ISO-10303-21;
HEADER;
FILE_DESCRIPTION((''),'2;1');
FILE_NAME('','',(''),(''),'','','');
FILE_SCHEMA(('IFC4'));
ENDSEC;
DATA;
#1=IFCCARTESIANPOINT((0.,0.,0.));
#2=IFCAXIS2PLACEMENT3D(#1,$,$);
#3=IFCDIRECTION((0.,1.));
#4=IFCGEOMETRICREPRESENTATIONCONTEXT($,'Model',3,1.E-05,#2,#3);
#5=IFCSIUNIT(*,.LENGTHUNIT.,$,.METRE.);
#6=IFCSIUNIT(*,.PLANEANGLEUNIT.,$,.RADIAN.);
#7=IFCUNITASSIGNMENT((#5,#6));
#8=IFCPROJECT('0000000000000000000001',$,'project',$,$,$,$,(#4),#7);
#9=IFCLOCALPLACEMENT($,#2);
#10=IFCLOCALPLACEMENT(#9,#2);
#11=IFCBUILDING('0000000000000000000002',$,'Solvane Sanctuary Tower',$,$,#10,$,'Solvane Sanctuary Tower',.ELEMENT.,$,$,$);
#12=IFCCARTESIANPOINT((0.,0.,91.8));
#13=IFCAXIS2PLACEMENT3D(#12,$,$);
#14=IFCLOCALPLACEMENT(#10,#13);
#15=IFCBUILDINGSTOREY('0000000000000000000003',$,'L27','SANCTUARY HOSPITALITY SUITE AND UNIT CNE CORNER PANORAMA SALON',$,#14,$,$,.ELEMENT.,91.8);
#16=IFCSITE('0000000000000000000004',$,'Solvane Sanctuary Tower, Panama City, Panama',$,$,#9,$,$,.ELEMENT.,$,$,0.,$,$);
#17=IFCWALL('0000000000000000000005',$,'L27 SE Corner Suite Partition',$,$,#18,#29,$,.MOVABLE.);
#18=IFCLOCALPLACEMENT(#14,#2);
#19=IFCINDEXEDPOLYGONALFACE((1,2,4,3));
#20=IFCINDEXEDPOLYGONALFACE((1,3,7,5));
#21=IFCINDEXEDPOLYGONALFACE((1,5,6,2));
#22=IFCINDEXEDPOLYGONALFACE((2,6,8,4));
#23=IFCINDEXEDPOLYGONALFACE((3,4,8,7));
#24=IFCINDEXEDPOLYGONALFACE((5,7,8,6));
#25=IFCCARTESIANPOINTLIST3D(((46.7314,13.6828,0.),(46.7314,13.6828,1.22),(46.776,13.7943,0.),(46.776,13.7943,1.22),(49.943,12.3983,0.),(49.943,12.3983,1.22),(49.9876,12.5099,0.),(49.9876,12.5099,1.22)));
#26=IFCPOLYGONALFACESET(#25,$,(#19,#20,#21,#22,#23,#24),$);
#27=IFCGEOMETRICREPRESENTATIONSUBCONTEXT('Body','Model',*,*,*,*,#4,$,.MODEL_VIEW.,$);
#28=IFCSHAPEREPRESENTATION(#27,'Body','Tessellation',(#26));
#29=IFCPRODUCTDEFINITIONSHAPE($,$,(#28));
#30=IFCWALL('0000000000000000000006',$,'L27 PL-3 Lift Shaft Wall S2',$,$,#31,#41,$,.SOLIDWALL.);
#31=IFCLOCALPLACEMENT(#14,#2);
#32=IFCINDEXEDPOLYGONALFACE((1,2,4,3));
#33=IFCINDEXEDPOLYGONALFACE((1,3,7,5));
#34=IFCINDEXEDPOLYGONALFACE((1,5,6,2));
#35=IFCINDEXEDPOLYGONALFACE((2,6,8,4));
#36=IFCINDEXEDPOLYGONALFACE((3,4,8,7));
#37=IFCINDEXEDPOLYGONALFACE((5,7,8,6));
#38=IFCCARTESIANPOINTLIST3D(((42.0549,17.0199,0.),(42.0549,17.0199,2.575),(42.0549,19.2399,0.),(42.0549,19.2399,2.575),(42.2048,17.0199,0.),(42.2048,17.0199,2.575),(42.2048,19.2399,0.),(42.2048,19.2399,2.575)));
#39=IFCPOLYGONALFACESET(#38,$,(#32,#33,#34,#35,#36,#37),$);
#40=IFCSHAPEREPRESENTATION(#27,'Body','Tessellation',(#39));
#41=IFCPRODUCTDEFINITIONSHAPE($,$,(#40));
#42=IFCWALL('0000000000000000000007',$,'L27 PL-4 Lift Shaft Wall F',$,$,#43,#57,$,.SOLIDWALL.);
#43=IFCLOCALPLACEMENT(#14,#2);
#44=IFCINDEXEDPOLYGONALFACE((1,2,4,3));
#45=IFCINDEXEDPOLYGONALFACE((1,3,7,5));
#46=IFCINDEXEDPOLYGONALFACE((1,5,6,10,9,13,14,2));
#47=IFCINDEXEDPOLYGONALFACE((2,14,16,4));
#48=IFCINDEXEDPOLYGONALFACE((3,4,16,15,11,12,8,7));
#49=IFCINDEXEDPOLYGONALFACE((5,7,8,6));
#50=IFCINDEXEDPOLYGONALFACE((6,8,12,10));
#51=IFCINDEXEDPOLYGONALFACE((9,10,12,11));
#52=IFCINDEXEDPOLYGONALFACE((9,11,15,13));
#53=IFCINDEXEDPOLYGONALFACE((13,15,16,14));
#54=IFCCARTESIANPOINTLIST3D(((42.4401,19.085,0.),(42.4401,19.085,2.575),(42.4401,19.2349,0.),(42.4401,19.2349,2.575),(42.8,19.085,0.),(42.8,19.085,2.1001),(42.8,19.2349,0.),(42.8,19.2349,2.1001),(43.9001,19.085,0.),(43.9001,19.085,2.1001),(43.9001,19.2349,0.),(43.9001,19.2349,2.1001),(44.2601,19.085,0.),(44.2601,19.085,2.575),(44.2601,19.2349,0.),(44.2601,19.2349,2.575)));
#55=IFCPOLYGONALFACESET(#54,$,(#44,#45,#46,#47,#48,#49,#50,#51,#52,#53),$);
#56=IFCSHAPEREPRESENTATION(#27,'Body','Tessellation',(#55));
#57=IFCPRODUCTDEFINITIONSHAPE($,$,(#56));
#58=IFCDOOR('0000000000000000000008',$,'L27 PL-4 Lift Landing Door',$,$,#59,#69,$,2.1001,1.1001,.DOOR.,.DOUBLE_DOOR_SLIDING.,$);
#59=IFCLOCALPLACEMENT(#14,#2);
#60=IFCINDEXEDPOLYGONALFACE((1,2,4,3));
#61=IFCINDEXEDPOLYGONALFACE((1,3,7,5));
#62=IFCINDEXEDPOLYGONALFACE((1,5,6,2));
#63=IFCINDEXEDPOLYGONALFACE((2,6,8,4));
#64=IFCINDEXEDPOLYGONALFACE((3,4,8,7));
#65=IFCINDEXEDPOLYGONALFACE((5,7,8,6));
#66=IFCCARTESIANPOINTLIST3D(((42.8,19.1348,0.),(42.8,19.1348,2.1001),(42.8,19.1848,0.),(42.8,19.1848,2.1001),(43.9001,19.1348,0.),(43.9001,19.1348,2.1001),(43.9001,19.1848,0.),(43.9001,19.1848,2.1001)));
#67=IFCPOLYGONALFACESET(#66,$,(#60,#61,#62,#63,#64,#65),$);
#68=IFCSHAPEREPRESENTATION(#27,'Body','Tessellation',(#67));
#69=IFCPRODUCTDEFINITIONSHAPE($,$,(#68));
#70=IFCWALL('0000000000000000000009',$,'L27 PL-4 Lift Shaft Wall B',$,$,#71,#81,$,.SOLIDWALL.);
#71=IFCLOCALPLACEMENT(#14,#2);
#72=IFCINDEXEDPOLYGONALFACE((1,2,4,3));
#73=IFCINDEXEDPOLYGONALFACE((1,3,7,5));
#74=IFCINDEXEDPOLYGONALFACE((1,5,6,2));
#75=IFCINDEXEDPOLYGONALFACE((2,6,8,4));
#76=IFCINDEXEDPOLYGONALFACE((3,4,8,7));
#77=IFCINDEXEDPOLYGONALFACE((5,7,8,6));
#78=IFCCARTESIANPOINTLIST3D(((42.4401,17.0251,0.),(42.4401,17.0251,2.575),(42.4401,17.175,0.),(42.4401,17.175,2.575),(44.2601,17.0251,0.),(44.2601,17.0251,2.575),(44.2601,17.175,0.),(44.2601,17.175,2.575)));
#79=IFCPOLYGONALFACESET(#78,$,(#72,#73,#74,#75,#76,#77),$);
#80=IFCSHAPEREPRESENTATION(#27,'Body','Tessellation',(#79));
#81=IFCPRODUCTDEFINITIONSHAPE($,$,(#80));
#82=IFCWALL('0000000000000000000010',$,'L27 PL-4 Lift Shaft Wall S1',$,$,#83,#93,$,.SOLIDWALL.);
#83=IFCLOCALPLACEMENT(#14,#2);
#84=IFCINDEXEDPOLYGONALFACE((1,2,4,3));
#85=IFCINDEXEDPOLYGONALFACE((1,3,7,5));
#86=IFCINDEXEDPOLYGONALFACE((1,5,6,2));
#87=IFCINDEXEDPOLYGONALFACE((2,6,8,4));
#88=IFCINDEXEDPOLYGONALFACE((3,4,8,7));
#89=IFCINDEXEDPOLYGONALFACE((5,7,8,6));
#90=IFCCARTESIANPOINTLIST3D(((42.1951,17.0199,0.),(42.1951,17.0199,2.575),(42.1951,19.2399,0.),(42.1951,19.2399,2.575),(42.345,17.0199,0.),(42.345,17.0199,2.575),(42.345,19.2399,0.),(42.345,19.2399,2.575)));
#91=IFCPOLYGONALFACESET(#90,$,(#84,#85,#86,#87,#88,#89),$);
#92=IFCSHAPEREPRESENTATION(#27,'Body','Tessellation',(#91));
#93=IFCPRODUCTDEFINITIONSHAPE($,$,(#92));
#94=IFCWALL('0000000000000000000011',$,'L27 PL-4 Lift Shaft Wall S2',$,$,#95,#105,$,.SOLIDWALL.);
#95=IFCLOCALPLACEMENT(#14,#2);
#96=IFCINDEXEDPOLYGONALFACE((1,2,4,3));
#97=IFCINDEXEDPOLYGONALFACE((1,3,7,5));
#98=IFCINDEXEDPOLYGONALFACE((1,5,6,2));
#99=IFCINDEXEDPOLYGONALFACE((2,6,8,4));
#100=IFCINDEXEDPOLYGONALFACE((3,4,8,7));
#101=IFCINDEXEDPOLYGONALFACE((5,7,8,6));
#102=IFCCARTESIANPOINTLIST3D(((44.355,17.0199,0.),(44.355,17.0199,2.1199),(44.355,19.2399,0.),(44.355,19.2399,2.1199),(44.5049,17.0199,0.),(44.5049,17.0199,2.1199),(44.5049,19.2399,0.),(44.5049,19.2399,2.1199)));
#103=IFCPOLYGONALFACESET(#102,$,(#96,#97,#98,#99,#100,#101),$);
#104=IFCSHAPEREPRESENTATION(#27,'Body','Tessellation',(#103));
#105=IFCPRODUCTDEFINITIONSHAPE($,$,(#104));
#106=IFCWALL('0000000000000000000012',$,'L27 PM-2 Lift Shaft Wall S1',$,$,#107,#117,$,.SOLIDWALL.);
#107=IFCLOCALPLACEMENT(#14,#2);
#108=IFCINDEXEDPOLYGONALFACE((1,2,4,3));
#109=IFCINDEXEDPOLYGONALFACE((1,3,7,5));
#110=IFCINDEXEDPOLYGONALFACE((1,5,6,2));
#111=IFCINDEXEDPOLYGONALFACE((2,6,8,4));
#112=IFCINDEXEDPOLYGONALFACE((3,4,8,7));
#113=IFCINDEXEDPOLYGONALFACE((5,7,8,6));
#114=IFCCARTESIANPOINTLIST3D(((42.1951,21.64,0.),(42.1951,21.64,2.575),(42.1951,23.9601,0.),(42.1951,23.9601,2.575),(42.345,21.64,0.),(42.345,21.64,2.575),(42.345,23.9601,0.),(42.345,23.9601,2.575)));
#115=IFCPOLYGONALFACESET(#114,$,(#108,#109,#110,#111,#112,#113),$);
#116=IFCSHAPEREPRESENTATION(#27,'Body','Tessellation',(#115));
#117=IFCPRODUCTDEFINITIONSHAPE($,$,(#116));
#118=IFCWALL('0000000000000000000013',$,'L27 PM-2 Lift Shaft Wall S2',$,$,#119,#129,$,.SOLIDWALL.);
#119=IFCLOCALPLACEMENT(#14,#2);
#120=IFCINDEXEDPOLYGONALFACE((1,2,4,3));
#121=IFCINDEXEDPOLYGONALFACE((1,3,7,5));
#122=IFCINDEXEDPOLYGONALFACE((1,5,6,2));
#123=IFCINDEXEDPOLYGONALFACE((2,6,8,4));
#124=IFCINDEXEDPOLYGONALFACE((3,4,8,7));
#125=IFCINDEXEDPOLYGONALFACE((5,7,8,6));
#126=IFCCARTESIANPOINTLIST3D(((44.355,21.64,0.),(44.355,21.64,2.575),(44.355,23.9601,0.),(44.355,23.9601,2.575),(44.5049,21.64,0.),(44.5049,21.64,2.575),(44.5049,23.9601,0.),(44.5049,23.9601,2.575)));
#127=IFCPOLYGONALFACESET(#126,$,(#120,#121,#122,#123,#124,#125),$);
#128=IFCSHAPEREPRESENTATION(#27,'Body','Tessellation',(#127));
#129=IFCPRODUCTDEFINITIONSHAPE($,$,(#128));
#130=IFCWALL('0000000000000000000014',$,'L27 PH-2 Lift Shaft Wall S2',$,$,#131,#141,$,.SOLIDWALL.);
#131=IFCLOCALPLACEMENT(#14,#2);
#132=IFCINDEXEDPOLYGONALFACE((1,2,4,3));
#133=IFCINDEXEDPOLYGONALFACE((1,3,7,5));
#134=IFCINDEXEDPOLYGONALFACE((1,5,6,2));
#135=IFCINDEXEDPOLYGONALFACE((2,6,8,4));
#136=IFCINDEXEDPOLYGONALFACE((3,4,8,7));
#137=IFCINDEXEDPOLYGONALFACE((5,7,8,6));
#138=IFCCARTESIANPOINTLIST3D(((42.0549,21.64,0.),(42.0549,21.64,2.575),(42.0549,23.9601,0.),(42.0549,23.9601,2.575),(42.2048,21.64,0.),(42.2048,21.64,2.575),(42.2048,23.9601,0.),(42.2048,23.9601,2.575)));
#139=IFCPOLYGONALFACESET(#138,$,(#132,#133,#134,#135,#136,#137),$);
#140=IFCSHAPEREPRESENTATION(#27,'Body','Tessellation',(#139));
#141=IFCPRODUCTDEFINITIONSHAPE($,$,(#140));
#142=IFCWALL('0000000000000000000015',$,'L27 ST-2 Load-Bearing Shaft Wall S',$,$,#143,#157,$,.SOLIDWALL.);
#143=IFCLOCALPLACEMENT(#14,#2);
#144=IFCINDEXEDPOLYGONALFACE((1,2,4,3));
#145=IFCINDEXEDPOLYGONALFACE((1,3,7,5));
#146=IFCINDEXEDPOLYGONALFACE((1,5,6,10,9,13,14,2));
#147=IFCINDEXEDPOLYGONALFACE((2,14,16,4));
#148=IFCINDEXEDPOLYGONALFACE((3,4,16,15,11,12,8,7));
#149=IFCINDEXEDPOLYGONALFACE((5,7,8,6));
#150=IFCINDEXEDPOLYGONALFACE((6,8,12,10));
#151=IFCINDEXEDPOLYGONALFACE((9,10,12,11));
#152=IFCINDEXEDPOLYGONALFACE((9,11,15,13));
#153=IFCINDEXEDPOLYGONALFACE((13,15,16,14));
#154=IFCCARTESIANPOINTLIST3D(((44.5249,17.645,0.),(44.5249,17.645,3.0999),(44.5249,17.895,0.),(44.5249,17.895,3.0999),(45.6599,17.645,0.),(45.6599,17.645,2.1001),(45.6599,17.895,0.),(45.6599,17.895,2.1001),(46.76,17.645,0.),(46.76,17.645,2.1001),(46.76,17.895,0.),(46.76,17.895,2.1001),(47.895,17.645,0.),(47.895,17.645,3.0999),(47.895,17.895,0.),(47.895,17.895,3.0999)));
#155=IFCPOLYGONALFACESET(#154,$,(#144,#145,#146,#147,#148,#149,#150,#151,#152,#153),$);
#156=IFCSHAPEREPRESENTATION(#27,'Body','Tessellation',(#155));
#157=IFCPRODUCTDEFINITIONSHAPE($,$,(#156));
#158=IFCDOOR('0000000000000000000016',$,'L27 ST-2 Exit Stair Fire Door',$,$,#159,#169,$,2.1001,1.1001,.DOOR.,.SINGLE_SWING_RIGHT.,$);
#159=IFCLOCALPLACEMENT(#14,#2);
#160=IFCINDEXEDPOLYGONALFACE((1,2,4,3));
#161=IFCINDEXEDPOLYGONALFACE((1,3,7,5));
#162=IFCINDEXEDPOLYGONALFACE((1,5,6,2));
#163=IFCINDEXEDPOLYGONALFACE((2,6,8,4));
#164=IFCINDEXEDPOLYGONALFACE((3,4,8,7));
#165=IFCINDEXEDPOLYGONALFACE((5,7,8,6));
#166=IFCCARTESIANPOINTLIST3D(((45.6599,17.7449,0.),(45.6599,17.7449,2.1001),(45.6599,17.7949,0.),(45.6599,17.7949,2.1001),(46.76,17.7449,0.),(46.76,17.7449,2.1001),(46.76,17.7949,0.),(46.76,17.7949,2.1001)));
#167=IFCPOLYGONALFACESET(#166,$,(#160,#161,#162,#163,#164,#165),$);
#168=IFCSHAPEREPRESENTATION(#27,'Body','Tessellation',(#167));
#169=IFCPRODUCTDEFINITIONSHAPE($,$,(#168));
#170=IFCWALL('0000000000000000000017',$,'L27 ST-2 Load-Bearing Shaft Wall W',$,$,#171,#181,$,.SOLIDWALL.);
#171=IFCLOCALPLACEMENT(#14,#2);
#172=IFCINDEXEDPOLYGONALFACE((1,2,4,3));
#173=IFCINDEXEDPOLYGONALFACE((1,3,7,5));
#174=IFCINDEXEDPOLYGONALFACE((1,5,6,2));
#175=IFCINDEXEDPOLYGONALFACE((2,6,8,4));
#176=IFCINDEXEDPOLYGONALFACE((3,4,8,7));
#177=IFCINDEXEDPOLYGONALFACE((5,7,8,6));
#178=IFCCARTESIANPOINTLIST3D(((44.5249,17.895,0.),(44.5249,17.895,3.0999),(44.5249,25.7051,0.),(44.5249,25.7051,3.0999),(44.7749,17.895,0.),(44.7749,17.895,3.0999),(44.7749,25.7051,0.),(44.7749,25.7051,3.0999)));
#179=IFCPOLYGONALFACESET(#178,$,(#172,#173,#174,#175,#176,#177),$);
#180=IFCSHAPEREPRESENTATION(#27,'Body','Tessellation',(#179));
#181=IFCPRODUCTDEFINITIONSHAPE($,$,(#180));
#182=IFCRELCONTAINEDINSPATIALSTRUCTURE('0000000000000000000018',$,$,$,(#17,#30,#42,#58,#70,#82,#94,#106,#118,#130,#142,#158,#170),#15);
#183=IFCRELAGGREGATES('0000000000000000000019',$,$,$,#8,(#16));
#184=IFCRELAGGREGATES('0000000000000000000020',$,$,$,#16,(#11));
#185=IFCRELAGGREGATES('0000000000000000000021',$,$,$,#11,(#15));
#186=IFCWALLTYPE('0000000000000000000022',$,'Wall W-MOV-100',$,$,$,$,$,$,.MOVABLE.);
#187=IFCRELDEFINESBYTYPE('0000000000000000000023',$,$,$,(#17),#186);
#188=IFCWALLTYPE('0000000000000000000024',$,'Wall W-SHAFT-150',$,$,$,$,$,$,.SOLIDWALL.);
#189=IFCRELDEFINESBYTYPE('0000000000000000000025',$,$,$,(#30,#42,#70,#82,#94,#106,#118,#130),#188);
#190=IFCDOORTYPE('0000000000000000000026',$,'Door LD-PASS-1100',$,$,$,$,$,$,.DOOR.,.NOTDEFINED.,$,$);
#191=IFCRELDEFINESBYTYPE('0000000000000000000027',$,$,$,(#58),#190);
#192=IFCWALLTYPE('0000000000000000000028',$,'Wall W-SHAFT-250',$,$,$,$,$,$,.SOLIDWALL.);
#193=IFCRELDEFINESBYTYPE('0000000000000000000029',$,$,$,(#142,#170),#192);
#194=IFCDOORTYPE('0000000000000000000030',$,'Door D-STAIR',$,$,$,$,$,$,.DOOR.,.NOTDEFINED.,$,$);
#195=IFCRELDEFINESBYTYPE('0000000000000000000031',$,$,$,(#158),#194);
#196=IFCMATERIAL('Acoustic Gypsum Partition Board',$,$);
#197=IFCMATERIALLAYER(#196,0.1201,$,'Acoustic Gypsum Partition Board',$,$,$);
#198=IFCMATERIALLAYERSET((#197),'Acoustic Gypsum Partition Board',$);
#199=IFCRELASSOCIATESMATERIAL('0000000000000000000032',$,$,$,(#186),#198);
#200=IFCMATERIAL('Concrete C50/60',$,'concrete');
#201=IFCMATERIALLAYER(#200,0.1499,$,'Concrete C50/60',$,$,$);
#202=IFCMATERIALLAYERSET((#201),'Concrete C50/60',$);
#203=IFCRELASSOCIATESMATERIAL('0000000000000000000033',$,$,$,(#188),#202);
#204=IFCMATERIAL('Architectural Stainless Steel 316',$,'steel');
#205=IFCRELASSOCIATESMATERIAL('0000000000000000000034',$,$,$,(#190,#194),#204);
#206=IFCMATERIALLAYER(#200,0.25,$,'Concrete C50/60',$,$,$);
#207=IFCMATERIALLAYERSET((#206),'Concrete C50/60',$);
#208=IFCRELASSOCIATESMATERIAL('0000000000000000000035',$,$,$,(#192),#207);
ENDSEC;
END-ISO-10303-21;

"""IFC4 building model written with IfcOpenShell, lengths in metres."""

from ifc_helpers import new_model, si_unit, direction, frame, frame_2d, origin, place, context, subcontext, project, spatial, rectangle, extrude, material, layer, layer_set, type_object, element, fill, save


model = new_model("IFC4")

# Units and contexts
model_context = context("Model", 3, precision=1e-05, world=origin(), true_north=direction((0.0, 1.0)))
body_context = subcontext(model_context, "Body", "Model", "MODEL_VIEW")
ifc_project = project(units=[si_unit("LENGTHUNIT", "METRE"), si_unit("PLANEANGLEUNIT", "RADIAN")], contexts=[model_context])

# Site, building, storey
site_placement = place(None, origin())
site = spatial("IfcSite", under=ifc_project, at=site_placement, Name="Solvane Sanctuary Tower, Panama City, Panama", CompositionType="ELEMENT", RefElevation=0.0)
building_placement = place(site_placement, origin())
building = spatial("IfcBuilding", under=site, at=building_placement, Name="Solvane Sanctuary Tower", LongName="Solvane Sanctuary Tower", CompositionType="ELEMENT")
storey_placement = place(building_placement, frame((0.0, 0.0, 91.8)))
storey = spatial("IfcBuildingStorey", under=building, at=storey_placement, Name="L27", Description="SANCTUARY HOSPITALITY SUITE AND UNIT CNE CORNER PANORAMA SALON", CompositionType="ELEMENT", Elevation=91.8)

# Shared definitions
ifc_material_1 = material(Name="Acoustic Gypsum Partition Board")

# Walls
ifc_layer_1 = layer(ifc_material_1, 0.1201, Name="Acoustic Gypsum Partition Board")
ifc_layer_set_1 = layer_set([ifc_layer_1], Name="Acoustic Gypsum Partition Board")
wall_type_1 = type_object("IfcWallType", Name="Wall W-MOV-100", PredefinedType="MOVABLE", material=ifc_layer_set_1)
wall_1_placement = place(storey_placement, frame((46.7537, 13.7385, 0.0), z_axis=(0.0, 0.0, 1.0), x_axis=(0.928501, -0.37133, 0.0)))
element("IfcWall", 1, at=wall_1_placement, inside=storey, type_object=wall_type_1, Name="L27 SE Corner Suite Partition", PredefinedType="MOVABLE", context=body_context, shape_type="SweptSolid", body=[
    extrude(rectangle(XDim=3.459, YDim=0.1201, at=frame_2d((1.7295, 0.0))), origin(), (0.0, 0.0, 1.0), 1.22),
])
ifc_material_2 = material(Name="Concrete C50/60", Category="concrete")
ifc_layer_2 = layer(ifc_material_2, 0.1499, Name="Concrete C50/60")
ifc_layer_set_2 = layer_set([ifc_layer_2], Name="Concrete C50/60")
wall_type_2 = type_object("IfcWallType", Name="Wall W-SHAFT-150", PredefinedType="SOLIDWALL", material=ifc_layer_set_2)
wall_2_placement = place(storey_placement, frame((42.1299, 17.02, 0.0), z_axis=(0.0, 0.0, 1.0), x_axis=(0.0, 1.0, 0.0)))
element("IfcWall", 2, at=wall_2_placement, inside=storey, type_object=wall_type_2, Name="L27 PL-3 Lift Shaft Wall S2", PredefinedType="SOLIDWALL", context=body_context, shape_type="SweptSolid", body=[
    extrude(rectangle(XDim=2.22, YDim=0.1499, at=frame_2d((1.1099, 0.0))), origin(), (0.0, 0.0, 1.0), 2.575),
])

# Wall, opening, door
wall_3_placement = place(storey_placement, frame((42.4399, 19.1599, 0.0), z_axis=(0.0, 0.0, 1.0), x_axis=(1.0, 0.0, 0.0)))
wall_3 = element("IfcWall", 3, at=wall_3_placement, inside=storey, type_object=wall_type_2, Name="L27 PL-4 Lift Shaft Wall F", PredefinedType="SOLIDWALL", context=body_context, shape_type="SweptSolid", body=[
    extrude(rectangle(XDim=1.8201, YDim=0.1499, at=frame_2d((0.9102, 0.0))), origin(), (0.0, 0.0, 1.0), 2.575),
])
opening_1_placement = place(wall_3_placement, frame((0.3601, 0.0, 0.0)))
opening_1 = element("IfcOpeningElement", 4, at=opening_1_placement, cuts=wall_3, PredefinedType="OPENING", context=body_context, shape_type="SweptSolid", body=[
    extrude(rectangle(XDim=1.1001, YDim=2.1001, at=frame_2d((0.55, 1.05))), frame((0.0, 0.085, 0.0), z_axis=(0.0, -1.0, 0.0), x_axis=(1.0, 0.0, 0.0)), (0.0, 0.0, 1.0), 0.1699),
])
ifc_material_3 = material(Name="Architectural Stainless Steel 316", Category="steel")
door_type_1 = type_object("IfcDoorType", Name="Door LD-PASS-1100", OperationType="NOTDEFINED", PredefinedType="DOOR", material=ifc_material_3)
door_1_placement = place(opening_1_placement, origin())
door_1 = element("IfcDoor", 5, at=door_1_placement, inside=storey, type_object=door_type_1, Name="L27 PL-4 Lift Landing Door", OperationType="DOUBLE_DOOR_SLIDING", OverallHeight=2.1001, OverallWidth=1.1001, PredefinedType="DOOR", context=body_context, shape_type="SweptSolid", body=[
    extrude(rectangle(XDim=1.1001, YDim=2.1001, at=frame_2d((0.55, 1.05))), frame((0.0, 0.0249, 0.0), z_axis=(0.0, -1.0, 0.0), x_axis=(1.0, 0.0, 0.0)), (0.0, 0.0, 1.0), 0.05),
])
fill(opening_1, door_1)

# Walls
wall_4_placement = place(storey_placement, frame((42.4399, 17.1001, 0.0), z_axis=(0.0, 0.0, 1.0), x_axis=(1.0, 0.0, 0.0)))
element("IfcWall", 6, at=wall_4_placement, inside=storey, type_object=wall_type_2, Name="L27 PL-4 Lift Shaft Wall B", PredefinedType="SOLIDWALL", context=body_context, shape_type="SweptSolid", body=[
    extrude(rectangle(XDim=1.8201, YDim=0.1499, at=frame_2d((0.9102, 0.0))), origin(), (0.0, 0.0, 1.0), 2.575),
])
wall_5_placement = place(storey_placement, frame((42.27, 17.02, 0.0), z_axis=(0.0, 0.0, 1.0), x_axis=(0.0, 1.0, 0.0)))
element("IfcWall", 7, at=wall_5_placement, inside=storey, type_object=wall_type_2, Name="L27 PL-4 Lift Shaft Wall S1", PredefinedType="SOLIDWALL", context=body_context, shape_type="SweptSolid", body=[
    extrude(rectangle(XDim=2.22, YDim=0.1499, at=frame_2d((1.1099, 0.0))), origin(), (0.0, 0.0, 1.0), 2.575),
])
wall_6_placement = place(storey_placement, frame((44.4299, 17.02, 0.0), z_axis=(0.0, 0.0, 1.0), x_axis=(0.0, 1.0, 0.0)))
element("IfcWall", 8, at=wall_6_placement, inside=storey, type_object=wall_type_2, Name="L27 PL-4 Lift Shaft Wall S2", PredefinedType="SOLIDWALL", context=body_context, shape_type="SweptSolid", body=[
    extrude(rectangle(XDim=2.22, YDim=0.1499, at=frame_2d((1.1099, 0.0))), origin(), (0.0, 0.0, 1.0), 2.1199),
])
for number, where, z_axis, x_axis, name in (
    (9, (42.27, 21.6399, 0.0), (0.0, 0.0, 1.0), (0.0, 1.0, 0.0), "L27 PM-2 Lift Shaft Wall S1"),
    (10, (44.4299, 21.6399, 0.0), (0.0, 0.0, 1.0), (0.0, 1.0, 0.0), "L27 PM-2 Lift Shaft Wall S2"),
    (11, (42.1299, 21.6399, 0.0), (0.0, 0.0, 1.0), (0.0, 1.0, 0.0), "L27 PH-2 Lift Shaft Wall S2"),
):
    element("IfcWall", number, at=place(storey_placement, frame(where, z_axis=z_axis, x_axis=x_axis)), inside=storey, type_object=wall_type_2, Name=name, PredefinedType="SOLIDWALL", context=body_context, shape_type="SweptSolid", body=[
        extrude(rectangle(XDim=2.3201, YDim=0.1499, at=frame_2d((1.1602, 0.0))), origin(), (0.0, 0.0, 1.0), 2.575),
    ])

# Wall, opening, door
ifc_layer_3 = layer(ifc_material_2, 0.25, Name="Concrete C50/60")
ifc_layer_set_3 = layer_set([ifc_layer_3], Name="Concrete C50/60")
wall_type_3 = type_object("IfcWallType", Name="Wall W-SHAFT-250", PredefinedType="SOLIDWALL", material=ifc_layer_set_3)
wall_7_placement = place(storey_placement, frame((44.5249, 17.77, 0.0), z_axis=(0.0, 0.0, 1.0), x_axis=(1.0, 0.0, 0.0)))
wall_7 = element("IfcWall", 12, at=wall_7_placement, inside=storey, type_object=wall_type_3, Name="L27 ST-2 Load-Bearing Shaft Wall S", PredefinedType="SOLIDWALL", context=body_context, shape_type="SweptSolid", body=[
    extrude(rectangle(XDim=3.3701, YDim=0.25, at=frame_2d((1.6851, 0.0))), origin(), (0.0, 0.0, 1.0), 3.0999),
])
opening_2_placement = place(wall_7_placement, frame((1.135, 0.0, 0.0)))
opening_2 = element("IfcOpeningElement", 13, at=opening_2_placement, cuts=wall_7, PredefinedType="OPENING", context=body_context, shape_type="SweptSolid", body=[
    extrude(rectangle(XDim=1.1001, YDim=2.1001, at=frame_2d((0.55, 1.05))), frame((0.0, 0.135, 0.0), z_axis=(0.0, -1.0, 0.0), x_axis=(1.0, 0.0, 0.0)), (0.0, 0.0, 1.0), 0.27),
])
door_type_2 = type_object("IfcDoorType", Name="Door D-STAIR", OperationType="NOTDEFINED", PredefinedType="DOOR", material=ifc_material_3)
door_2_placement = place(opening_2_placement, origin())
door_2 = element("IfcDoor", 14, at=door_2_placement, inside=storey, type_object=door_type_2, Name="L27 ST-2 Exit Stair Fire Door", OperationType="SINGLE_SWING_RIGHT", OverallHeight=2.1001, OverallWidth=1.1001, PredefinedType="DOOR", context=body_context, shape_type="SweptSolid", body=[
    extrude(rectangle(XDim=1.1001, YDim=2.1001, at=frame_2d((0.55, 1.05))), frame((0.0, 0.0249, 0.0), z_axis=(0.0, -1.0, 0.0), x_axis=(1.0, 0.0, 0.0)), (0.0, 0.0, 1.0), 0.05),
])
fill(opening_2, door_2)

# Wall
wall_8_placement = place(storey_placement, frame((44.6499, 17.895, 0.0), z_axis=(0.0, 0.0, 1.0), x_axis=(0.0, 1.0, 0.0)))
element("IfcWall", 15, at=wall_8_placement, inside=storey, type_object=wall_type_3, Name="L27 ST-2 Load-Bearing Shaft Wall W", PredefinedType="SOLIDWALL", context=body_context, shape_type="SweptSolid", body=[
    extrude(rectangle(XDim=7.8101, YDim=0.25, at=frame_2d((3.905, 0.0))), origin(), (0.0, 0.0, 1.0), 3.0999),
])

save(model, "model.ifc")
